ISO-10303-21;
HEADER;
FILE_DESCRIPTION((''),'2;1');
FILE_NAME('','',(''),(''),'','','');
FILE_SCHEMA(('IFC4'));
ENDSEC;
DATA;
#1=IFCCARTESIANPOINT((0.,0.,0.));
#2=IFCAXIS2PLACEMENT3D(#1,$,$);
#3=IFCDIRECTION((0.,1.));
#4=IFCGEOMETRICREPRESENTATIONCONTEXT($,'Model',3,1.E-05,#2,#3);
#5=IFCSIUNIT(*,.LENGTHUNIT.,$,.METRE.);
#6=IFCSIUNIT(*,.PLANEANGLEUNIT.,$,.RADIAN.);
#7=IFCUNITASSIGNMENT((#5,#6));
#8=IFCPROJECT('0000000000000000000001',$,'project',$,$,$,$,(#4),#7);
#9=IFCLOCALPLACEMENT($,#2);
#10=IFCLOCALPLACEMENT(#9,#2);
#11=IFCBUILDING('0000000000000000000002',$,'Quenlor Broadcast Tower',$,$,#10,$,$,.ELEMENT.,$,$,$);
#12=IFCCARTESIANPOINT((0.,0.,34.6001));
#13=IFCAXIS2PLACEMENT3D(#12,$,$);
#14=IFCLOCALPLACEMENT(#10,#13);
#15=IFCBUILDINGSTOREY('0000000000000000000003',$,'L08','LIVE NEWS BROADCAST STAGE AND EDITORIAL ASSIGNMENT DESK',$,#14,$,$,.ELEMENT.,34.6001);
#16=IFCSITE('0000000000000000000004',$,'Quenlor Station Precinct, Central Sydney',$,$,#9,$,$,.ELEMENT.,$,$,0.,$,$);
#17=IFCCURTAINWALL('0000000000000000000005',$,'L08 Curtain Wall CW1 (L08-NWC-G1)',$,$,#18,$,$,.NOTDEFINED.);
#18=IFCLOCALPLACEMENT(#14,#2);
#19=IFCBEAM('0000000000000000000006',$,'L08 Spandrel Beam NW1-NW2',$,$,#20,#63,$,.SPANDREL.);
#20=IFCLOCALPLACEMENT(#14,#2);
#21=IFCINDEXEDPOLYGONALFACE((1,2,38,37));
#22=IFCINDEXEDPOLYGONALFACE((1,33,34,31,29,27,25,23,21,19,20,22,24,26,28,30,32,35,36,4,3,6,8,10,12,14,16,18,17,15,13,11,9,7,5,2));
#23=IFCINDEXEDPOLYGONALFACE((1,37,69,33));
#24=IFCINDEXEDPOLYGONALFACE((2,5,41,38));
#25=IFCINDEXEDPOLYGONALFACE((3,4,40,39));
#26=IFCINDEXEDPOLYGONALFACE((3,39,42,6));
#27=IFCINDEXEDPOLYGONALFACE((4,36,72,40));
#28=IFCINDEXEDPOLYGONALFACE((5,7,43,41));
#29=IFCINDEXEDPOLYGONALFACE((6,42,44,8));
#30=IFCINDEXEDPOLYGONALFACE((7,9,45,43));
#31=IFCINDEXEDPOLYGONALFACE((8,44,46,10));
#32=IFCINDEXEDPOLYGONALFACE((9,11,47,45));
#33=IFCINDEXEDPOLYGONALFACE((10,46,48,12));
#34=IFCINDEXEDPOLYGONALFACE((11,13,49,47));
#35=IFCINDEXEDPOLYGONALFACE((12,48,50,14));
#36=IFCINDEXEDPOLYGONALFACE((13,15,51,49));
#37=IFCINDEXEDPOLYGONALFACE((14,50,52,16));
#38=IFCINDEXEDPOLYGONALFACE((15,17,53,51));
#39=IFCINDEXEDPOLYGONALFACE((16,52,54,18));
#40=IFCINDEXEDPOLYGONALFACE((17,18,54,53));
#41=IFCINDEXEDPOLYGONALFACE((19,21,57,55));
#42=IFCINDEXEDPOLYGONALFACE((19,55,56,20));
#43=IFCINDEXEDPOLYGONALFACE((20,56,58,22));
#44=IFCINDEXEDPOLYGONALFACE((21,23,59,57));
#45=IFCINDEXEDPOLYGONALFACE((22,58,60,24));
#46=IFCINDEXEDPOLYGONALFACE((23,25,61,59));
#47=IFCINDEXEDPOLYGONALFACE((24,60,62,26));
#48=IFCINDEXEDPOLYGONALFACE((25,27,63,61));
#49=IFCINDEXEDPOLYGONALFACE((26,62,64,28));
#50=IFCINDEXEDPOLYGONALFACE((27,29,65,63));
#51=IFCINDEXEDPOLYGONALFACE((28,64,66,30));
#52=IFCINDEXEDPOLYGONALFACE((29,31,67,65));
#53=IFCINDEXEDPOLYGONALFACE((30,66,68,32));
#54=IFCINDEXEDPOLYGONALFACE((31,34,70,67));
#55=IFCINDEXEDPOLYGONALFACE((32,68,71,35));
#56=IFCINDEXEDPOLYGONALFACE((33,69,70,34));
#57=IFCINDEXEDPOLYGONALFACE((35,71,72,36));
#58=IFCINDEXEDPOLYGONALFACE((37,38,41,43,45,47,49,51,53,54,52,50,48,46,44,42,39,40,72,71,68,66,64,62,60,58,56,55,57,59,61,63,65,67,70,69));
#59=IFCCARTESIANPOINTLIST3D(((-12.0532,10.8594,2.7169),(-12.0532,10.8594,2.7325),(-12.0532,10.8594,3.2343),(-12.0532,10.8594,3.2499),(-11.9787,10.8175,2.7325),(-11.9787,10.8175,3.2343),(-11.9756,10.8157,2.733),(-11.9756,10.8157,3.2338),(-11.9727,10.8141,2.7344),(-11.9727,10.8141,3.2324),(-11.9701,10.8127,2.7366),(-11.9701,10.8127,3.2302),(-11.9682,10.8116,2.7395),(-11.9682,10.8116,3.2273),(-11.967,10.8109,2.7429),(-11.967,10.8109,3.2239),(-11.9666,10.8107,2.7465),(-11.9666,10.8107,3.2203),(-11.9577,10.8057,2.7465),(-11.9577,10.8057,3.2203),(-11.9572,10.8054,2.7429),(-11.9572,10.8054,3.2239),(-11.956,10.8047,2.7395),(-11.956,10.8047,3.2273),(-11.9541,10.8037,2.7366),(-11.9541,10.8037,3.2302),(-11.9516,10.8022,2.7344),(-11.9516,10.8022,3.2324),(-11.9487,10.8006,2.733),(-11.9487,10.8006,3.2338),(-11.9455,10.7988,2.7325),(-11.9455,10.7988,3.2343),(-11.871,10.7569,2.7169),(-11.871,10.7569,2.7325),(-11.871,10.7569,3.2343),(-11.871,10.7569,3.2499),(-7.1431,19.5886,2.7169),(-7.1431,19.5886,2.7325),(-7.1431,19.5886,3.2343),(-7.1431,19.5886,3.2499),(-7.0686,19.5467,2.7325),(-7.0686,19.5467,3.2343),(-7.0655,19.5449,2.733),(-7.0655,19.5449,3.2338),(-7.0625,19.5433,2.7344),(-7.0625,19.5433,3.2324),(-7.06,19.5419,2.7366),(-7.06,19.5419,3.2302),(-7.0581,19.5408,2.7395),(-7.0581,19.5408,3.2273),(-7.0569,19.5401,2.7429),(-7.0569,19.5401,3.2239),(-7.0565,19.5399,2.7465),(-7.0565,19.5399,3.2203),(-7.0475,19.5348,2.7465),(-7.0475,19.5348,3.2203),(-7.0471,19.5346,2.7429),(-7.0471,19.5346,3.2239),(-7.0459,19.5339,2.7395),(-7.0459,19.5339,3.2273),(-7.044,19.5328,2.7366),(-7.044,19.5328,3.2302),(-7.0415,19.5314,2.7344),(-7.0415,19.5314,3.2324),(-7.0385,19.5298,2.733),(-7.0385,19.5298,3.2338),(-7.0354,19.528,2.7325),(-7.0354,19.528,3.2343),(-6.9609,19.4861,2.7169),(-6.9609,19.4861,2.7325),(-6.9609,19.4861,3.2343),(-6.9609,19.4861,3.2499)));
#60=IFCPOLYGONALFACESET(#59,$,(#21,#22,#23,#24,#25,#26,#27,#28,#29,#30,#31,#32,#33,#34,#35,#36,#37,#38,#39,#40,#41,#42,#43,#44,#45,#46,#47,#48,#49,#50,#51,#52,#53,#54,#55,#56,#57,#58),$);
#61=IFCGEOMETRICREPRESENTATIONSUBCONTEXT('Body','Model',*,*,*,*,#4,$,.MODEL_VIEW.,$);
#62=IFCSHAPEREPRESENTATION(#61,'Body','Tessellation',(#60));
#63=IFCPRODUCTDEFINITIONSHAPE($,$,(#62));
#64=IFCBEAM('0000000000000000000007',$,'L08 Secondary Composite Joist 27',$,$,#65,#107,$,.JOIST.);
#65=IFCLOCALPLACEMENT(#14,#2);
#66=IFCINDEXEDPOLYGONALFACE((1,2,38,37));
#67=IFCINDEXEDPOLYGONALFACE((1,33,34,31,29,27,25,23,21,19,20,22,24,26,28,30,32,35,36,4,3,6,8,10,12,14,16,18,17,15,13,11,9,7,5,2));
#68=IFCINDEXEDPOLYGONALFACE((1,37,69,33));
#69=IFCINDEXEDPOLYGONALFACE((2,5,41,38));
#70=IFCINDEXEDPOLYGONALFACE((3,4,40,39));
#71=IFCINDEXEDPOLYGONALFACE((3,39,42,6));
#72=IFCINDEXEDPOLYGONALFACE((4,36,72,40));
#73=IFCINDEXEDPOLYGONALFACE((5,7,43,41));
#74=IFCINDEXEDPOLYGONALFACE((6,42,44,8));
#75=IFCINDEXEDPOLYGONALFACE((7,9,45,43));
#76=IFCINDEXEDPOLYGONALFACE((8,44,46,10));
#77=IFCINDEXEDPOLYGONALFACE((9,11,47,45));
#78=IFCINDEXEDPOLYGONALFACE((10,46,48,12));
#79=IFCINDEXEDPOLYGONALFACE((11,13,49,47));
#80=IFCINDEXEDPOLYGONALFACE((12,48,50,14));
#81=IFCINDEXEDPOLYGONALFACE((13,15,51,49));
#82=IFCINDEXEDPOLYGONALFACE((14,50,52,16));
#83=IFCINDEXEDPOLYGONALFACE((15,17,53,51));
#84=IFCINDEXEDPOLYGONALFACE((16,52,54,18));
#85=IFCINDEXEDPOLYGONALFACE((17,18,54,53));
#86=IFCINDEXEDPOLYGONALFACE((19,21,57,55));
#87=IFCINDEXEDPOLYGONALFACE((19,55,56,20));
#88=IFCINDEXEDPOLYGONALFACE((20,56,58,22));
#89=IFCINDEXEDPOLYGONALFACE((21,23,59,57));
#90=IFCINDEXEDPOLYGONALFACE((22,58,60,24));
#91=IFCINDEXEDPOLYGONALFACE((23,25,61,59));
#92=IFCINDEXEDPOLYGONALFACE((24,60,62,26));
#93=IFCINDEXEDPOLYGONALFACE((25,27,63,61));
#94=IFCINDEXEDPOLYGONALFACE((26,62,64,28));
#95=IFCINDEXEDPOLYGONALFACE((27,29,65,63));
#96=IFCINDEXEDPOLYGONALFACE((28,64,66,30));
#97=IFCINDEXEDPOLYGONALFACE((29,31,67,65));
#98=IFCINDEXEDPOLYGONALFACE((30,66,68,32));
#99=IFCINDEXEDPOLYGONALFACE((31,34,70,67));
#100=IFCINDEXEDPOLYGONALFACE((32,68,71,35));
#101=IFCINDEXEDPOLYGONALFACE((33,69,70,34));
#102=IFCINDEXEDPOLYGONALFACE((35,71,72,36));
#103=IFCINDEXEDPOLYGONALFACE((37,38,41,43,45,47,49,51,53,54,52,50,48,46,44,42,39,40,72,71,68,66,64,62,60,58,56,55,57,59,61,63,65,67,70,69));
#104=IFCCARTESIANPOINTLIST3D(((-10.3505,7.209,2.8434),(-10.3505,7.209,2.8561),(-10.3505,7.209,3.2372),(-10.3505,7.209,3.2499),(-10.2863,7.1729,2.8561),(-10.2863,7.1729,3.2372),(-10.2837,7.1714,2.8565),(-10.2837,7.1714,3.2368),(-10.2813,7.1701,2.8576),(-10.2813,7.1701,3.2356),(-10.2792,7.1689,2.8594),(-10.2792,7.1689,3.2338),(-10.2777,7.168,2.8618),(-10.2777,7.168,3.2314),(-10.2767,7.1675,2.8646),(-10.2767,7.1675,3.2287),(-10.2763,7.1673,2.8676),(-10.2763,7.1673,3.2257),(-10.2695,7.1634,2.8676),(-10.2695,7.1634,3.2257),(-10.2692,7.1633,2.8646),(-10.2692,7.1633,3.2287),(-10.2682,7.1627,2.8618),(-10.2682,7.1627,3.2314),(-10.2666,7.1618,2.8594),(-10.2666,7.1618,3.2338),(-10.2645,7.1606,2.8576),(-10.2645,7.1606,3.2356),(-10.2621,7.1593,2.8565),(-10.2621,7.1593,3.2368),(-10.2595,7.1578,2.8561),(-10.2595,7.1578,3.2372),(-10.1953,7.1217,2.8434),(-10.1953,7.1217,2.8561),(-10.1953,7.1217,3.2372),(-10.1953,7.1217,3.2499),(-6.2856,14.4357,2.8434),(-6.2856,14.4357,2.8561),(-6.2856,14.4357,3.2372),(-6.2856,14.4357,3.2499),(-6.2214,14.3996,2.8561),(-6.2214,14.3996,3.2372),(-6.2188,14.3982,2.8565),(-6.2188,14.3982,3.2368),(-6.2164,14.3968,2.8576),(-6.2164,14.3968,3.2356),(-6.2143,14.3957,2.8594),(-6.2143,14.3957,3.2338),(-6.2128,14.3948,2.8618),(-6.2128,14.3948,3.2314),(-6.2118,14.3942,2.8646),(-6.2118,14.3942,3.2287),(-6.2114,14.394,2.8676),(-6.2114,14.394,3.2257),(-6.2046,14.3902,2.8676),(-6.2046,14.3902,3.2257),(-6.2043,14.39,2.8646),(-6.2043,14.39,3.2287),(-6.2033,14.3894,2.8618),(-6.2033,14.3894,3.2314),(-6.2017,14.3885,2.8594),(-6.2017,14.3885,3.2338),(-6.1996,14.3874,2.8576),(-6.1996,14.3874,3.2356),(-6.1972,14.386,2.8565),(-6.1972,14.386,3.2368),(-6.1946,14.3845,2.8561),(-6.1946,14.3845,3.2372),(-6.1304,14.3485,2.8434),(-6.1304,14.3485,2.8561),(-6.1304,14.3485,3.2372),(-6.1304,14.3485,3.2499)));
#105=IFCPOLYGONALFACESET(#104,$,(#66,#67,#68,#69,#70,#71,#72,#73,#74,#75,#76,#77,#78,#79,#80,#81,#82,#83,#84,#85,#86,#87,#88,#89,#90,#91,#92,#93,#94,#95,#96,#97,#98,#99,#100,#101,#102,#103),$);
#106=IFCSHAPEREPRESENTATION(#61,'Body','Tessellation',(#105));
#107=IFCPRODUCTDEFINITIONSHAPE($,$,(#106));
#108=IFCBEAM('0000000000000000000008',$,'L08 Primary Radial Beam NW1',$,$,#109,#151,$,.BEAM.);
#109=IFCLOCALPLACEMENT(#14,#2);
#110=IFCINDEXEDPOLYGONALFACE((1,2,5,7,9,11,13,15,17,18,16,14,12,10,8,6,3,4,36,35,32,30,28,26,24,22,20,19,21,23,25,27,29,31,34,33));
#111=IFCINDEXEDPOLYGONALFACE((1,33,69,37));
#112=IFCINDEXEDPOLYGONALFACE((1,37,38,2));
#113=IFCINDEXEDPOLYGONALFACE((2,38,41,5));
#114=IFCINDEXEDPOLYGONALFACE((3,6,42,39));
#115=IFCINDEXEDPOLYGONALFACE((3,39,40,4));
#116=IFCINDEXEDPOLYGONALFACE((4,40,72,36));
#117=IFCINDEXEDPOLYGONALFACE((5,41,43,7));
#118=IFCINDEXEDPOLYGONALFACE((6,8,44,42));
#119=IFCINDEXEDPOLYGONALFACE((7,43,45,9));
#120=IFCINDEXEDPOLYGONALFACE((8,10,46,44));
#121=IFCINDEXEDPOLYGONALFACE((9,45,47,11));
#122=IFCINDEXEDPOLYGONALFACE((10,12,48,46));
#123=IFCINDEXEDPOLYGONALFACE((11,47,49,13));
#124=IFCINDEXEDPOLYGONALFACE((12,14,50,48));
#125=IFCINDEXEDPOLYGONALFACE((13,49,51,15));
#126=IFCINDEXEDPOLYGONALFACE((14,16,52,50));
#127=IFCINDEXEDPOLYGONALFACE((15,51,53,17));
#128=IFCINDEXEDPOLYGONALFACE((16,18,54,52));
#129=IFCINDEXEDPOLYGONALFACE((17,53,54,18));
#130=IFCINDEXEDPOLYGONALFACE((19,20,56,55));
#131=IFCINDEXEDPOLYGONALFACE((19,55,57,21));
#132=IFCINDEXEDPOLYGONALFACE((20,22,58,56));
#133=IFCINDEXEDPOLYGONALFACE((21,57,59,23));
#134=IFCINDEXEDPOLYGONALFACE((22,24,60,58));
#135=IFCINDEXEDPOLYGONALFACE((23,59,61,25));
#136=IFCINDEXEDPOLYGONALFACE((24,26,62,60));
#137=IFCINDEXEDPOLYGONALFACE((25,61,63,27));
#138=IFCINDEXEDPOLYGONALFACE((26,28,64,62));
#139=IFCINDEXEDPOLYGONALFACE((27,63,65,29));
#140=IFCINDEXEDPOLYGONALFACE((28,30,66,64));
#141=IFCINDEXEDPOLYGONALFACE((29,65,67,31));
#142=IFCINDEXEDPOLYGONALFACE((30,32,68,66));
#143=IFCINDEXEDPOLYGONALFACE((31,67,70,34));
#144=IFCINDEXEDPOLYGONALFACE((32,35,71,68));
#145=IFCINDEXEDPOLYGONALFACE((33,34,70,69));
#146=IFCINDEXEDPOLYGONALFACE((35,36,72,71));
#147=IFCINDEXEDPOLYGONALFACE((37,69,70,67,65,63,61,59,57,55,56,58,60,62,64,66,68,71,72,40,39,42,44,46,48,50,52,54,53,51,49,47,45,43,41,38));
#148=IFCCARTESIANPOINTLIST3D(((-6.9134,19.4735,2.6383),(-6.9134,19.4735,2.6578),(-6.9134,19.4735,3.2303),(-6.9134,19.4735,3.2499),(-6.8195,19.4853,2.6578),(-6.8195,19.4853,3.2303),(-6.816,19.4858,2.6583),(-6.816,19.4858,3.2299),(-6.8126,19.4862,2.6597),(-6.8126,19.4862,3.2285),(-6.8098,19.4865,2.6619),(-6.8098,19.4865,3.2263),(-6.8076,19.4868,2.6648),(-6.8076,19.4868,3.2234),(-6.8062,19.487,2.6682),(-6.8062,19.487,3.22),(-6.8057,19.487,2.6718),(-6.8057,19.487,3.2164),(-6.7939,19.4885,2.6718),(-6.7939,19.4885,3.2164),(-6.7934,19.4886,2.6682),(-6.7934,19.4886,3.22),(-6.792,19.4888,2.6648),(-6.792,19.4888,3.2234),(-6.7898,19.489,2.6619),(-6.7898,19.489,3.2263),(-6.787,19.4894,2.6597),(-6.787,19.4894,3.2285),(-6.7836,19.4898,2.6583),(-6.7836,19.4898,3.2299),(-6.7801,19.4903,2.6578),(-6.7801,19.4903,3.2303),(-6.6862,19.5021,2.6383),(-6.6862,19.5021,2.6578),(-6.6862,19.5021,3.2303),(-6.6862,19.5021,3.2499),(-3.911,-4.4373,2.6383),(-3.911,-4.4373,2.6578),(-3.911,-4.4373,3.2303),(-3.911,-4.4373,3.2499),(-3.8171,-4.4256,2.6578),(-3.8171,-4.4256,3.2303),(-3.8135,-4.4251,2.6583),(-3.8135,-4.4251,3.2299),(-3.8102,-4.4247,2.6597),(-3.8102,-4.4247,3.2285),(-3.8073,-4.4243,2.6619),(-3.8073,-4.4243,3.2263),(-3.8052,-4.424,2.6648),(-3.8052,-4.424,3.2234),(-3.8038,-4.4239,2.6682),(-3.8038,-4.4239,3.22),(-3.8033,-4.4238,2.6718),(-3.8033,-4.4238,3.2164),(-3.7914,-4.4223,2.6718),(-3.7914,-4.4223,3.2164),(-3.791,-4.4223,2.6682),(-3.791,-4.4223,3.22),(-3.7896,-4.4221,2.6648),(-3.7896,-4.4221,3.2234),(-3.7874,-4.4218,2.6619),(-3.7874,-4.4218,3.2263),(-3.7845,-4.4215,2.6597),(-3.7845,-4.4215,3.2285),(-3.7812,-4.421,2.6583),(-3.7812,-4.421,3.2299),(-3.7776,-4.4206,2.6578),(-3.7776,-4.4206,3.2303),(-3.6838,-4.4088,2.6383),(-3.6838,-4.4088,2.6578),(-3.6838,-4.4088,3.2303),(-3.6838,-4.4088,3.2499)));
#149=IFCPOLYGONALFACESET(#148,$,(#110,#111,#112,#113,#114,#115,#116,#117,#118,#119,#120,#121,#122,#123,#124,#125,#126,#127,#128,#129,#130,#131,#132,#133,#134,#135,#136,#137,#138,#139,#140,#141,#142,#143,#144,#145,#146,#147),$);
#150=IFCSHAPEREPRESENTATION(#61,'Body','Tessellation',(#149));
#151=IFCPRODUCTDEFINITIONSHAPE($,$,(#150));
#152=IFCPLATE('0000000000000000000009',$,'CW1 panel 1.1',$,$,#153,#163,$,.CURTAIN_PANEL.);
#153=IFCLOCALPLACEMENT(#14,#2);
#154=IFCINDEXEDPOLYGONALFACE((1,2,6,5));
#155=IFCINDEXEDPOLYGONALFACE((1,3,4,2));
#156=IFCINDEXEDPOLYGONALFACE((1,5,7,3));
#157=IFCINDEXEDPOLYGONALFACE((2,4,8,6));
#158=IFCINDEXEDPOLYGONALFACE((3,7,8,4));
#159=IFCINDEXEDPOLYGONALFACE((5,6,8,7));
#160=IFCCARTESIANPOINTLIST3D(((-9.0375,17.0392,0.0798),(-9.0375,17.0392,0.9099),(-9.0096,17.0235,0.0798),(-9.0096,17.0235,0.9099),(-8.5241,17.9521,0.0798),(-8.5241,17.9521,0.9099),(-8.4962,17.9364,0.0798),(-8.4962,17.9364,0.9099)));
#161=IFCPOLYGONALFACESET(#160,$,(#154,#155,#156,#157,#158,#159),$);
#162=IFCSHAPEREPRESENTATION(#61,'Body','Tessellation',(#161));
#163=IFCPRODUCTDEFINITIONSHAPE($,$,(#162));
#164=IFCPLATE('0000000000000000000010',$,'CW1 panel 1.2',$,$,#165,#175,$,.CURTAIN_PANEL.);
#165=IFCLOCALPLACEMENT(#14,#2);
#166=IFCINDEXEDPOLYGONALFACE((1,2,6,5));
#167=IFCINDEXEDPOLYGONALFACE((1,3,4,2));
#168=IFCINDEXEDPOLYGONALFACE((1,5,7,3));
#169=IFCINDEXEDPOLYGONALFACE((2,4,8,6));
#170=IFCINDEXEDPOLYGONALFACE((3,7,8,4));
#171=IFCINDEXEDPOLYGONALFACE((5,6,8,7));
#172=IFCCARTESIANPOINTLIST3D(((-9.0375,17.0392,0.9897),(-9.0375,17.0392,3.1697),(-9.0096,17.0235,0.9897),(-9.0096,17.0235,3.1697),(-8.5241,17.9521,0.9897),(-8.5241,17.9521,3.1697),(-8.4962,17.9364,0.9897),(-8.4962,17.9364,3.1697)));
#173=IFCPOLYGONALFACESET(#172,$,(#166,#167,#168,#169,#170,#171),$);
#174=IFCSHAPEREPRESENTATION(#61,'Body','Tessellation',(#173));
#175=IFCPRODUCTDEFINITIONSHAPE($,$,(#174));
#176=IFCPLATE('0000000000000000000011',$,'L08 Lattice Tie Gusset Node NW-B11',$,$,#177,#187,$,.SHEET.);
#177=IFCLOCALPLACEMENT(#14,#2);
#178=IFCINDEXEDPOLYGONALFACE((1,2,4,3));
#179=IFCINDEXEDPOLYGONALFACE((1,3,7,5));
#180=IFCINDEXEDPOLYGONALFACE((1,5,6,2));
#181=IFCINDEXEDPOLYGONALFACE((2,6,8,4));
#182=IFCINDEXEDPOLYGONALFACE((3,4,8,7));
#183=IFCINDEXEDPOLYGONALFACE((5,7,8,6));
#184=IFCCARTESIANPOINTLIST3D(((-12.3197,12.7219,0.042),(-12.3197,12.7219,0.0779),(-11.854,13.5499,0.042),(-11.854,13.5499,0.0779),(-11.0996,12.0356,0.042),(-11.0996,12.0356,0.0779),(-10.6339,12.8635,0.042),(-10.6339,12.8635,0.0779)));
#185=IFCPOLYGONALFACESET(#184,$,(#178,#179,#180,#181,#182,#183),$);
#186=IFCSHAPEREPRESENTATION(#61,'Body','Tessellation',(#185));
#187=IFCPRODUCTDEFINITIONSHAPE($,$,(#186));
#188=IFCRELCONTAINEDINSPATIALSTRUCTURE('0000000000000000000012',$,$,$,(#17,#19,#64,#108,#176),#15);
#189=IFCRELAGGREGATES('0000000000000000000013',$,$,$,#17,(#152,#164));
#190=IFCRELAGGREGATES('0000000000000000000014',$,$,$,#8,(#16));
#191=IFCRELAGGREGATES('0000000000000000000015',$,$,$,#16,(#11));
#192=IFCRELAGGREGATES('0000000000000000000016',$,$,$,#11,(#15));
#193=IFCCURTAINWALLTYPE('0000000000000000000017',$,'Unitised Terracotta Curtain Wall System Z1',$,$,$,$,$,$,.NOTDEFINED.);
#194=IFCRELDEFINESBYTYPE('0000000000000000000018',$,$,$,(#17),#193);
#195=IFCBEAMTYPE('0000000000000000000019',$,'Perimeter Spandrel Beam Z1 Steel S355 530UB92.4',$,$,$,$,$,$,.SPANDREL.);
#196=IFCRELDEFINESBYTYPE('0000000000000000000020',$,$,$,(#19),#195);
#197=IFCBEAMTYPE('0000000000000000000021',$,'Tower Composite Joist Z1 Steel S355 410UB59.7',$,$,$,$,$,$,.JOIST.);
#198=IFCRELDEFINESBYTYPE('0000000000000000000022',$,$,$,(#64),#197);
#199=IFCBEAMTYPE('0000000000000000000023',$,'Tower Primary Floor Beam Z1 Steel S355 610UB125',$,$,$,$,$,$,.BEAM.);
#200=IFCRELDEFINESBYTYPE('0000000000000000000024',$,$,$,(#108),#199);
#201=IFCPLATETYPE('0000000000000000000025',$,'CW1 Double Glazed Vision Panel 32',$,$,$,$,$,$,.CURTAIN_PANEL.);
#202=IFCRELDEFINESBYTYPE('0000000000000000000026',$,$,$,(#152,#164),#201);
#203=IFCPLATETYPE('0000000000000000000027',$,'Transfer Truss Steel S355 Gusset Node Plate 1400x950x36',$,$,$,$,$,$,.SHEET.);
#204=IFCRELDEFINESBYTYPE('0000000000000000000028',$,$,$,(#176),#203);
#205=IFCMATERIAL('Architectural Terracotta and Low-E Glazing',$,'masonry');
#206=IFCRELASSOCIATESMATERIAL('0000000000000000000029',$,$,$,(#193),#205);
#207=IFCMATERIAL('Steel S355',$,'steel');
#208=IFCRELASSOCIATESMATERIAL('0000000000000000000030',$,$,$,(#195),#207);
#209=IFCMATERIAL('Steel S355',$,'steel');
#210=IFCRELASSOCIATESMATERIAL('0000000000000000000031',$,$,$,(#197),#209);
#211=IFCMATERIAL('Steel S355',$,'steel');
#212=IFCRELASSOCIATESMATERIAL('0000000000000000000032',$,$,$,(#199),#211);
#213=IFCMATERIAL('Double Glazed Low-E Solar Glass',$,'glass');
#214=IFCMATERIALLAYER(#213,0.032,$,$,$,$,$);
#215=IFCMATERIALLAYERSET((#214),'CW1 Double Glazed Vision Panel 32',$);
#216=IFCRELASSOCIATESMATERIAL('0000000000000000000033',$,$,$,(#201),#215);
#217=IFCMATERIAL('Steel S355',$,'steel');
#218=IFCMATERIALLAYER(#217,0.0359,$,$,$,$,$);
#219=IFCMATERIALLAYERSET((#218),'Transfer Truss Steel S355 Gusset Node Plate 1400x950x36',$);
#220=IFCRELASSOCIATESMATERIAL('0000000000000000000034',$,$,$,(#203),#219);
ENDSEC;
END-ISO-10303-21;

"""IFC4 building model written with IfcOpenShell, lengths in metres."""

from ifc_helpers import new_model, si_unit, direction, frame, origin, origin_2d, place, context, subcontext, project, spatial, rectangle, i_section, extrude, material, layer, layer_set, material_profile, profile_set, type_object, element, aggregate, save


model = new_model("IFC4")

# Units and contexts
model_context = context("Model", 3, precision=1e-05, world=origin(), true_north=direction((0.0, 1.0)))
body_context = subcontext(model_context, "Body", "Model", "MODEL_VIEW")
ifc_project = project(units=[si_unit("LENGTHUNIT", "METRE"), si_unit("PLANEANGLEUNIT", "RADIAN")], contexts=[model_context])

# Site, building, storey
site_placement = place(None, origin())
site = spatial("IfcSite", under=ifc_project, at=site_placement, Name="Quenlor Station Precinct, Central Sydney", CompositionType="ELEMENT", RefElevation=0.0)
building_placement = place(site_placement, origin())
building = spatial("IfcBuilding", under=site, at=building_placement, Name="Quenlor Broadcast Tower", CompositionType="ELEMENT")
storey_placement = place(building_placement, frame((0.0, 0.0, 34.6001)))
storey = spatial("IfcBuildingStorey", under=building, at=storey_placement, Name="L08", Description="LIVE NEWS BROADCAST STAGE AND EDITORIAL ASSIGNMENT DESK", CompositionType="ELEMENT", Elevation=34.6001)

# Curtain wall
ifc_material_1 = material(Name="Architectural Terracotta and Low-E Glazing", Category="masonry")
curtain_wall_type = type_object("IfcCurtainWallType", Name="Unitised Terracotta Curtain Wall System Z1", PredefinedType="NOTDEFINED", material=ifc_material_1)
curtain_wall_placement = place(storey_placement, origin())
curtain_wall = element("IfcCurtainWall", 1, at=curtain_wall_placement, inside=storey, type_object=curtain_wall_type, Name="L08 Curtain Wall CW1 (L08-NWC-G1)", PredefinedType="NOTDEFINED")

# Beams
ifc_material_2 = material(Name="Steel S355", Category="steel")
ifc_material_profile_1 = material_profile(ifc_material_2, i_section(OverallWidth=0.209, OverallDepth=0.533, WebThickness=0.0103, FlangeThickness=0.0156, FilletRadius=0.0139, at=origin_2d()))
ifc_profile_set_1 = profile_set([ifc_material_profile_1], Name="Steel S355 530UB92.4")
beam_type_1 = type_object("IfcBeamType", Name="Perimeter Spandrel Beam Z1 Steel S355 530UB92.4", PredefinedType="SPANDREL", material=ifc_profile_set_1)
beam_1_placement = place(storey_placement, frame((-7.052, 19.5374, 2.9834), z_axis=(-0.490258, -0.871577, 0.0), x_axis=(0.871577, -0.490258, 0.0)))
element("IfcBeam", 2, at=beam_1_placement, inside=storey, type_object=beam_type_1, Name="L08 Spandrel Beam NW1-NW2", PredefinedType="SPANDREL", context=body_context, shape_type="SweptSolid", body=[
    extrude(i_section(OverallWidth=0.209, OverallDepth=0.533, WebThickness=0.0103, FlangeThickness=0.0156, FilletRadius=0.0139, at=origin_2d()), origin(), (0.0, 0.0, 1.0), 10.0154),
])
ifc_material_3 = material(Name="Steel S355", Category="steel")
ifc_material_profile_2 = material_profile(ifc_material_3, i_section(OverallWidth=0.178, OverallDepth=0.4065, WebThickness=0.0078, FlangeThickness=0.0127, FilletRadius=0.0115, at=origin_2d()))
ifc_profile_set_2 = profile_set([ifc_material_profile_2], Name="Steel S355 410UB59.7")
beam_type_2 = type_object("IfcBeamType", Name="Tower Composite Joist Z1 Steel S355 410UB59.7", PredefinedType="JOIST", material=ifc_profile_set_2)
beam_2_placement = place(storey_placement, frame((-6.208, 14.3921, 3.0466), z_axis=(-0.490249, -0.871583, 0.0), x_axis=(0.871583, -0.490249, 0.0)))
element("IfcBeam", 3, at=beam_2_placement, inside=storey, type_object=beam_type_2, Name="L08 Secondary Composite Joist 27", PredefinedType="JOIST", context=body_context, shape_type="SweptSolid", body=[
    extrude(i_section(OverallWidth=0.178, OverallDepth=0.4065, WebThickness=0.0078, FlangeThickness=0.0127, FilletRadius=0.0115, at=origin_2d()), origin(), (0.0, 0.0, 1.0), 8.2915),
])
ifc_material_4 = material(Name="Steel S355", Category="steel")
ifc_material_profile_3 = material_profile(ifc_material_4, i_section(OverallWidth=0.229, OverallDepth=0.6116, WebThickness=0.012, FlangeThickness=0.0195, FilletRadius=0.0139, at=origin_2d()))
ifc_profile_set_3 = profile_set([ifc_material_profile_3], Name="Steel S355 610UB125")
beam_type_3 = type_object("IfcBeamType", Name="Tower Primary Floor Beam Z1 Steel S355 610UB125", PredefinedType="BEAM", material=ifc_profile_set_3)
beam_3_placement = place(storey_placement, frame((-6.7998, 19.4878, 2.9441), z_axis=(0.12459, -0.992208, 0.0), x_axis=(0.992208, 0.12459, 0.0)))
element("IfcBeam", 4, at=beam_3_placement, inside=storey, type_object=beam_type_3, Name="L08 Primary Radial Beam NW1", PredefinedType="BEAM", context=body_context, shape_type="SweptSolid", body=[
    extrude(i_section(OverallWidth=0.229, OverallDepth=0.6116, WebThickness=0.012, FlangeThickness=0.0195, FilletRadius=0.0139, at=origin_2d()), origin(), (0.0, 0.0, 1.0), 24.0986),
])

# Plates
ifc_material_5 = material(Name="Double Glazed Low-E Solar Glass", Category="glass")
ifc_layer_1 = layer(ifc_material_5, 0.032)
ifc_layer_set_1 = layer_set([ifc_layer_1], Name="CW1 Double Glazed Vision Panel 32")
plate_type_1 = type_object("IfcPlateType", Name="CW1 Double Glazed Vision Panel 32", PredefinedType="CURTAIN_PANEL", material=ifc_layer_set_1)
plate_1_placement = place(storey_placement, frame((-8.7668, 17.4878, 0.0798), z_axis=(0.0, 0.0, 1.0), x_axis=(0.490214, 0.871602, 0.0)))
plate_1 = element("IfcPlate", 5, at=plate_1_placement, type_object=plate_type_1, Name="CW1 panel 1.1", PredefinedType="CURTAIN_PANEL", context=body_context, shape_type="SweptSolid", body=[
    extrude(rectangle(XDim=1.0474, YDim=0.032, at=origin_2d()), origin(), (0.0, 0.0, 1.0), 0.8301),
])
plate_2_placement = place(storey_placement, frame((-8.7668, 17.4878, 0.9897), z_axis=(0.0, 0.0, 1.0), x_axis=(0.490214, 0.871602, 0.0)))
plate_2 = element("IfcPlate", 6, at=plate_2_placement, type_object=plate_type_1, Name="CW1 panel 1.2", PredefinedType="CURTAIN_PANEL", context=body_context, shape_type="SweptSolid", body=[
    extrude(rectangle(XDim=1.0474, YDim=0.032, at=origin_2d()), origin(), (0.0, 0.0, 1.0), 2.1799),
])
aggregate(curtain_wall, [plate_1, plate_2])

# Plate
ifc_material_6 = material(Name="Steel S355", Category="steel")
ifc_layer_2 = layer(ifc_material_6, 0.0359)
ifc_layer_set_2 = layer_set([ifc_layer_2], Name="Transfer Truss Steel S355 Gusset Node Plate 1400x950x36")
plate_type_2 = type_object("IfcPlateType", Name="Transfer Truss Steel S355 Gusset Node Plate 1400x950x36", PredefinedType="SHEET", material=ifc_layer_set_2)
for number, where, z_axis, x_axis, name in (
    (7, (-11.4768, 12.7927, 0.042), (0.0, 0.0, 1.0), (-0.871556, 0.490295, 0.0), "L08 Lattice Tie Gusset Node NW-B11"),
):
    element("IfcPlate", number, at=place(storey_placement, frame(where, z_axis=z_axis, x_axis=x_axis)), inside=storey, type_object=plate_type_2, Name=name, PredefinedType="SHEET", context=body_context, shape_type="SweptSolid", body=[
        extrude(rectangle(XDim=1.3999, YDim=0.95, at=origin_2d()), origin(), (0.0, 0.0, 1.0), 0.0359),
    ])

save(model, "model.ifc")
